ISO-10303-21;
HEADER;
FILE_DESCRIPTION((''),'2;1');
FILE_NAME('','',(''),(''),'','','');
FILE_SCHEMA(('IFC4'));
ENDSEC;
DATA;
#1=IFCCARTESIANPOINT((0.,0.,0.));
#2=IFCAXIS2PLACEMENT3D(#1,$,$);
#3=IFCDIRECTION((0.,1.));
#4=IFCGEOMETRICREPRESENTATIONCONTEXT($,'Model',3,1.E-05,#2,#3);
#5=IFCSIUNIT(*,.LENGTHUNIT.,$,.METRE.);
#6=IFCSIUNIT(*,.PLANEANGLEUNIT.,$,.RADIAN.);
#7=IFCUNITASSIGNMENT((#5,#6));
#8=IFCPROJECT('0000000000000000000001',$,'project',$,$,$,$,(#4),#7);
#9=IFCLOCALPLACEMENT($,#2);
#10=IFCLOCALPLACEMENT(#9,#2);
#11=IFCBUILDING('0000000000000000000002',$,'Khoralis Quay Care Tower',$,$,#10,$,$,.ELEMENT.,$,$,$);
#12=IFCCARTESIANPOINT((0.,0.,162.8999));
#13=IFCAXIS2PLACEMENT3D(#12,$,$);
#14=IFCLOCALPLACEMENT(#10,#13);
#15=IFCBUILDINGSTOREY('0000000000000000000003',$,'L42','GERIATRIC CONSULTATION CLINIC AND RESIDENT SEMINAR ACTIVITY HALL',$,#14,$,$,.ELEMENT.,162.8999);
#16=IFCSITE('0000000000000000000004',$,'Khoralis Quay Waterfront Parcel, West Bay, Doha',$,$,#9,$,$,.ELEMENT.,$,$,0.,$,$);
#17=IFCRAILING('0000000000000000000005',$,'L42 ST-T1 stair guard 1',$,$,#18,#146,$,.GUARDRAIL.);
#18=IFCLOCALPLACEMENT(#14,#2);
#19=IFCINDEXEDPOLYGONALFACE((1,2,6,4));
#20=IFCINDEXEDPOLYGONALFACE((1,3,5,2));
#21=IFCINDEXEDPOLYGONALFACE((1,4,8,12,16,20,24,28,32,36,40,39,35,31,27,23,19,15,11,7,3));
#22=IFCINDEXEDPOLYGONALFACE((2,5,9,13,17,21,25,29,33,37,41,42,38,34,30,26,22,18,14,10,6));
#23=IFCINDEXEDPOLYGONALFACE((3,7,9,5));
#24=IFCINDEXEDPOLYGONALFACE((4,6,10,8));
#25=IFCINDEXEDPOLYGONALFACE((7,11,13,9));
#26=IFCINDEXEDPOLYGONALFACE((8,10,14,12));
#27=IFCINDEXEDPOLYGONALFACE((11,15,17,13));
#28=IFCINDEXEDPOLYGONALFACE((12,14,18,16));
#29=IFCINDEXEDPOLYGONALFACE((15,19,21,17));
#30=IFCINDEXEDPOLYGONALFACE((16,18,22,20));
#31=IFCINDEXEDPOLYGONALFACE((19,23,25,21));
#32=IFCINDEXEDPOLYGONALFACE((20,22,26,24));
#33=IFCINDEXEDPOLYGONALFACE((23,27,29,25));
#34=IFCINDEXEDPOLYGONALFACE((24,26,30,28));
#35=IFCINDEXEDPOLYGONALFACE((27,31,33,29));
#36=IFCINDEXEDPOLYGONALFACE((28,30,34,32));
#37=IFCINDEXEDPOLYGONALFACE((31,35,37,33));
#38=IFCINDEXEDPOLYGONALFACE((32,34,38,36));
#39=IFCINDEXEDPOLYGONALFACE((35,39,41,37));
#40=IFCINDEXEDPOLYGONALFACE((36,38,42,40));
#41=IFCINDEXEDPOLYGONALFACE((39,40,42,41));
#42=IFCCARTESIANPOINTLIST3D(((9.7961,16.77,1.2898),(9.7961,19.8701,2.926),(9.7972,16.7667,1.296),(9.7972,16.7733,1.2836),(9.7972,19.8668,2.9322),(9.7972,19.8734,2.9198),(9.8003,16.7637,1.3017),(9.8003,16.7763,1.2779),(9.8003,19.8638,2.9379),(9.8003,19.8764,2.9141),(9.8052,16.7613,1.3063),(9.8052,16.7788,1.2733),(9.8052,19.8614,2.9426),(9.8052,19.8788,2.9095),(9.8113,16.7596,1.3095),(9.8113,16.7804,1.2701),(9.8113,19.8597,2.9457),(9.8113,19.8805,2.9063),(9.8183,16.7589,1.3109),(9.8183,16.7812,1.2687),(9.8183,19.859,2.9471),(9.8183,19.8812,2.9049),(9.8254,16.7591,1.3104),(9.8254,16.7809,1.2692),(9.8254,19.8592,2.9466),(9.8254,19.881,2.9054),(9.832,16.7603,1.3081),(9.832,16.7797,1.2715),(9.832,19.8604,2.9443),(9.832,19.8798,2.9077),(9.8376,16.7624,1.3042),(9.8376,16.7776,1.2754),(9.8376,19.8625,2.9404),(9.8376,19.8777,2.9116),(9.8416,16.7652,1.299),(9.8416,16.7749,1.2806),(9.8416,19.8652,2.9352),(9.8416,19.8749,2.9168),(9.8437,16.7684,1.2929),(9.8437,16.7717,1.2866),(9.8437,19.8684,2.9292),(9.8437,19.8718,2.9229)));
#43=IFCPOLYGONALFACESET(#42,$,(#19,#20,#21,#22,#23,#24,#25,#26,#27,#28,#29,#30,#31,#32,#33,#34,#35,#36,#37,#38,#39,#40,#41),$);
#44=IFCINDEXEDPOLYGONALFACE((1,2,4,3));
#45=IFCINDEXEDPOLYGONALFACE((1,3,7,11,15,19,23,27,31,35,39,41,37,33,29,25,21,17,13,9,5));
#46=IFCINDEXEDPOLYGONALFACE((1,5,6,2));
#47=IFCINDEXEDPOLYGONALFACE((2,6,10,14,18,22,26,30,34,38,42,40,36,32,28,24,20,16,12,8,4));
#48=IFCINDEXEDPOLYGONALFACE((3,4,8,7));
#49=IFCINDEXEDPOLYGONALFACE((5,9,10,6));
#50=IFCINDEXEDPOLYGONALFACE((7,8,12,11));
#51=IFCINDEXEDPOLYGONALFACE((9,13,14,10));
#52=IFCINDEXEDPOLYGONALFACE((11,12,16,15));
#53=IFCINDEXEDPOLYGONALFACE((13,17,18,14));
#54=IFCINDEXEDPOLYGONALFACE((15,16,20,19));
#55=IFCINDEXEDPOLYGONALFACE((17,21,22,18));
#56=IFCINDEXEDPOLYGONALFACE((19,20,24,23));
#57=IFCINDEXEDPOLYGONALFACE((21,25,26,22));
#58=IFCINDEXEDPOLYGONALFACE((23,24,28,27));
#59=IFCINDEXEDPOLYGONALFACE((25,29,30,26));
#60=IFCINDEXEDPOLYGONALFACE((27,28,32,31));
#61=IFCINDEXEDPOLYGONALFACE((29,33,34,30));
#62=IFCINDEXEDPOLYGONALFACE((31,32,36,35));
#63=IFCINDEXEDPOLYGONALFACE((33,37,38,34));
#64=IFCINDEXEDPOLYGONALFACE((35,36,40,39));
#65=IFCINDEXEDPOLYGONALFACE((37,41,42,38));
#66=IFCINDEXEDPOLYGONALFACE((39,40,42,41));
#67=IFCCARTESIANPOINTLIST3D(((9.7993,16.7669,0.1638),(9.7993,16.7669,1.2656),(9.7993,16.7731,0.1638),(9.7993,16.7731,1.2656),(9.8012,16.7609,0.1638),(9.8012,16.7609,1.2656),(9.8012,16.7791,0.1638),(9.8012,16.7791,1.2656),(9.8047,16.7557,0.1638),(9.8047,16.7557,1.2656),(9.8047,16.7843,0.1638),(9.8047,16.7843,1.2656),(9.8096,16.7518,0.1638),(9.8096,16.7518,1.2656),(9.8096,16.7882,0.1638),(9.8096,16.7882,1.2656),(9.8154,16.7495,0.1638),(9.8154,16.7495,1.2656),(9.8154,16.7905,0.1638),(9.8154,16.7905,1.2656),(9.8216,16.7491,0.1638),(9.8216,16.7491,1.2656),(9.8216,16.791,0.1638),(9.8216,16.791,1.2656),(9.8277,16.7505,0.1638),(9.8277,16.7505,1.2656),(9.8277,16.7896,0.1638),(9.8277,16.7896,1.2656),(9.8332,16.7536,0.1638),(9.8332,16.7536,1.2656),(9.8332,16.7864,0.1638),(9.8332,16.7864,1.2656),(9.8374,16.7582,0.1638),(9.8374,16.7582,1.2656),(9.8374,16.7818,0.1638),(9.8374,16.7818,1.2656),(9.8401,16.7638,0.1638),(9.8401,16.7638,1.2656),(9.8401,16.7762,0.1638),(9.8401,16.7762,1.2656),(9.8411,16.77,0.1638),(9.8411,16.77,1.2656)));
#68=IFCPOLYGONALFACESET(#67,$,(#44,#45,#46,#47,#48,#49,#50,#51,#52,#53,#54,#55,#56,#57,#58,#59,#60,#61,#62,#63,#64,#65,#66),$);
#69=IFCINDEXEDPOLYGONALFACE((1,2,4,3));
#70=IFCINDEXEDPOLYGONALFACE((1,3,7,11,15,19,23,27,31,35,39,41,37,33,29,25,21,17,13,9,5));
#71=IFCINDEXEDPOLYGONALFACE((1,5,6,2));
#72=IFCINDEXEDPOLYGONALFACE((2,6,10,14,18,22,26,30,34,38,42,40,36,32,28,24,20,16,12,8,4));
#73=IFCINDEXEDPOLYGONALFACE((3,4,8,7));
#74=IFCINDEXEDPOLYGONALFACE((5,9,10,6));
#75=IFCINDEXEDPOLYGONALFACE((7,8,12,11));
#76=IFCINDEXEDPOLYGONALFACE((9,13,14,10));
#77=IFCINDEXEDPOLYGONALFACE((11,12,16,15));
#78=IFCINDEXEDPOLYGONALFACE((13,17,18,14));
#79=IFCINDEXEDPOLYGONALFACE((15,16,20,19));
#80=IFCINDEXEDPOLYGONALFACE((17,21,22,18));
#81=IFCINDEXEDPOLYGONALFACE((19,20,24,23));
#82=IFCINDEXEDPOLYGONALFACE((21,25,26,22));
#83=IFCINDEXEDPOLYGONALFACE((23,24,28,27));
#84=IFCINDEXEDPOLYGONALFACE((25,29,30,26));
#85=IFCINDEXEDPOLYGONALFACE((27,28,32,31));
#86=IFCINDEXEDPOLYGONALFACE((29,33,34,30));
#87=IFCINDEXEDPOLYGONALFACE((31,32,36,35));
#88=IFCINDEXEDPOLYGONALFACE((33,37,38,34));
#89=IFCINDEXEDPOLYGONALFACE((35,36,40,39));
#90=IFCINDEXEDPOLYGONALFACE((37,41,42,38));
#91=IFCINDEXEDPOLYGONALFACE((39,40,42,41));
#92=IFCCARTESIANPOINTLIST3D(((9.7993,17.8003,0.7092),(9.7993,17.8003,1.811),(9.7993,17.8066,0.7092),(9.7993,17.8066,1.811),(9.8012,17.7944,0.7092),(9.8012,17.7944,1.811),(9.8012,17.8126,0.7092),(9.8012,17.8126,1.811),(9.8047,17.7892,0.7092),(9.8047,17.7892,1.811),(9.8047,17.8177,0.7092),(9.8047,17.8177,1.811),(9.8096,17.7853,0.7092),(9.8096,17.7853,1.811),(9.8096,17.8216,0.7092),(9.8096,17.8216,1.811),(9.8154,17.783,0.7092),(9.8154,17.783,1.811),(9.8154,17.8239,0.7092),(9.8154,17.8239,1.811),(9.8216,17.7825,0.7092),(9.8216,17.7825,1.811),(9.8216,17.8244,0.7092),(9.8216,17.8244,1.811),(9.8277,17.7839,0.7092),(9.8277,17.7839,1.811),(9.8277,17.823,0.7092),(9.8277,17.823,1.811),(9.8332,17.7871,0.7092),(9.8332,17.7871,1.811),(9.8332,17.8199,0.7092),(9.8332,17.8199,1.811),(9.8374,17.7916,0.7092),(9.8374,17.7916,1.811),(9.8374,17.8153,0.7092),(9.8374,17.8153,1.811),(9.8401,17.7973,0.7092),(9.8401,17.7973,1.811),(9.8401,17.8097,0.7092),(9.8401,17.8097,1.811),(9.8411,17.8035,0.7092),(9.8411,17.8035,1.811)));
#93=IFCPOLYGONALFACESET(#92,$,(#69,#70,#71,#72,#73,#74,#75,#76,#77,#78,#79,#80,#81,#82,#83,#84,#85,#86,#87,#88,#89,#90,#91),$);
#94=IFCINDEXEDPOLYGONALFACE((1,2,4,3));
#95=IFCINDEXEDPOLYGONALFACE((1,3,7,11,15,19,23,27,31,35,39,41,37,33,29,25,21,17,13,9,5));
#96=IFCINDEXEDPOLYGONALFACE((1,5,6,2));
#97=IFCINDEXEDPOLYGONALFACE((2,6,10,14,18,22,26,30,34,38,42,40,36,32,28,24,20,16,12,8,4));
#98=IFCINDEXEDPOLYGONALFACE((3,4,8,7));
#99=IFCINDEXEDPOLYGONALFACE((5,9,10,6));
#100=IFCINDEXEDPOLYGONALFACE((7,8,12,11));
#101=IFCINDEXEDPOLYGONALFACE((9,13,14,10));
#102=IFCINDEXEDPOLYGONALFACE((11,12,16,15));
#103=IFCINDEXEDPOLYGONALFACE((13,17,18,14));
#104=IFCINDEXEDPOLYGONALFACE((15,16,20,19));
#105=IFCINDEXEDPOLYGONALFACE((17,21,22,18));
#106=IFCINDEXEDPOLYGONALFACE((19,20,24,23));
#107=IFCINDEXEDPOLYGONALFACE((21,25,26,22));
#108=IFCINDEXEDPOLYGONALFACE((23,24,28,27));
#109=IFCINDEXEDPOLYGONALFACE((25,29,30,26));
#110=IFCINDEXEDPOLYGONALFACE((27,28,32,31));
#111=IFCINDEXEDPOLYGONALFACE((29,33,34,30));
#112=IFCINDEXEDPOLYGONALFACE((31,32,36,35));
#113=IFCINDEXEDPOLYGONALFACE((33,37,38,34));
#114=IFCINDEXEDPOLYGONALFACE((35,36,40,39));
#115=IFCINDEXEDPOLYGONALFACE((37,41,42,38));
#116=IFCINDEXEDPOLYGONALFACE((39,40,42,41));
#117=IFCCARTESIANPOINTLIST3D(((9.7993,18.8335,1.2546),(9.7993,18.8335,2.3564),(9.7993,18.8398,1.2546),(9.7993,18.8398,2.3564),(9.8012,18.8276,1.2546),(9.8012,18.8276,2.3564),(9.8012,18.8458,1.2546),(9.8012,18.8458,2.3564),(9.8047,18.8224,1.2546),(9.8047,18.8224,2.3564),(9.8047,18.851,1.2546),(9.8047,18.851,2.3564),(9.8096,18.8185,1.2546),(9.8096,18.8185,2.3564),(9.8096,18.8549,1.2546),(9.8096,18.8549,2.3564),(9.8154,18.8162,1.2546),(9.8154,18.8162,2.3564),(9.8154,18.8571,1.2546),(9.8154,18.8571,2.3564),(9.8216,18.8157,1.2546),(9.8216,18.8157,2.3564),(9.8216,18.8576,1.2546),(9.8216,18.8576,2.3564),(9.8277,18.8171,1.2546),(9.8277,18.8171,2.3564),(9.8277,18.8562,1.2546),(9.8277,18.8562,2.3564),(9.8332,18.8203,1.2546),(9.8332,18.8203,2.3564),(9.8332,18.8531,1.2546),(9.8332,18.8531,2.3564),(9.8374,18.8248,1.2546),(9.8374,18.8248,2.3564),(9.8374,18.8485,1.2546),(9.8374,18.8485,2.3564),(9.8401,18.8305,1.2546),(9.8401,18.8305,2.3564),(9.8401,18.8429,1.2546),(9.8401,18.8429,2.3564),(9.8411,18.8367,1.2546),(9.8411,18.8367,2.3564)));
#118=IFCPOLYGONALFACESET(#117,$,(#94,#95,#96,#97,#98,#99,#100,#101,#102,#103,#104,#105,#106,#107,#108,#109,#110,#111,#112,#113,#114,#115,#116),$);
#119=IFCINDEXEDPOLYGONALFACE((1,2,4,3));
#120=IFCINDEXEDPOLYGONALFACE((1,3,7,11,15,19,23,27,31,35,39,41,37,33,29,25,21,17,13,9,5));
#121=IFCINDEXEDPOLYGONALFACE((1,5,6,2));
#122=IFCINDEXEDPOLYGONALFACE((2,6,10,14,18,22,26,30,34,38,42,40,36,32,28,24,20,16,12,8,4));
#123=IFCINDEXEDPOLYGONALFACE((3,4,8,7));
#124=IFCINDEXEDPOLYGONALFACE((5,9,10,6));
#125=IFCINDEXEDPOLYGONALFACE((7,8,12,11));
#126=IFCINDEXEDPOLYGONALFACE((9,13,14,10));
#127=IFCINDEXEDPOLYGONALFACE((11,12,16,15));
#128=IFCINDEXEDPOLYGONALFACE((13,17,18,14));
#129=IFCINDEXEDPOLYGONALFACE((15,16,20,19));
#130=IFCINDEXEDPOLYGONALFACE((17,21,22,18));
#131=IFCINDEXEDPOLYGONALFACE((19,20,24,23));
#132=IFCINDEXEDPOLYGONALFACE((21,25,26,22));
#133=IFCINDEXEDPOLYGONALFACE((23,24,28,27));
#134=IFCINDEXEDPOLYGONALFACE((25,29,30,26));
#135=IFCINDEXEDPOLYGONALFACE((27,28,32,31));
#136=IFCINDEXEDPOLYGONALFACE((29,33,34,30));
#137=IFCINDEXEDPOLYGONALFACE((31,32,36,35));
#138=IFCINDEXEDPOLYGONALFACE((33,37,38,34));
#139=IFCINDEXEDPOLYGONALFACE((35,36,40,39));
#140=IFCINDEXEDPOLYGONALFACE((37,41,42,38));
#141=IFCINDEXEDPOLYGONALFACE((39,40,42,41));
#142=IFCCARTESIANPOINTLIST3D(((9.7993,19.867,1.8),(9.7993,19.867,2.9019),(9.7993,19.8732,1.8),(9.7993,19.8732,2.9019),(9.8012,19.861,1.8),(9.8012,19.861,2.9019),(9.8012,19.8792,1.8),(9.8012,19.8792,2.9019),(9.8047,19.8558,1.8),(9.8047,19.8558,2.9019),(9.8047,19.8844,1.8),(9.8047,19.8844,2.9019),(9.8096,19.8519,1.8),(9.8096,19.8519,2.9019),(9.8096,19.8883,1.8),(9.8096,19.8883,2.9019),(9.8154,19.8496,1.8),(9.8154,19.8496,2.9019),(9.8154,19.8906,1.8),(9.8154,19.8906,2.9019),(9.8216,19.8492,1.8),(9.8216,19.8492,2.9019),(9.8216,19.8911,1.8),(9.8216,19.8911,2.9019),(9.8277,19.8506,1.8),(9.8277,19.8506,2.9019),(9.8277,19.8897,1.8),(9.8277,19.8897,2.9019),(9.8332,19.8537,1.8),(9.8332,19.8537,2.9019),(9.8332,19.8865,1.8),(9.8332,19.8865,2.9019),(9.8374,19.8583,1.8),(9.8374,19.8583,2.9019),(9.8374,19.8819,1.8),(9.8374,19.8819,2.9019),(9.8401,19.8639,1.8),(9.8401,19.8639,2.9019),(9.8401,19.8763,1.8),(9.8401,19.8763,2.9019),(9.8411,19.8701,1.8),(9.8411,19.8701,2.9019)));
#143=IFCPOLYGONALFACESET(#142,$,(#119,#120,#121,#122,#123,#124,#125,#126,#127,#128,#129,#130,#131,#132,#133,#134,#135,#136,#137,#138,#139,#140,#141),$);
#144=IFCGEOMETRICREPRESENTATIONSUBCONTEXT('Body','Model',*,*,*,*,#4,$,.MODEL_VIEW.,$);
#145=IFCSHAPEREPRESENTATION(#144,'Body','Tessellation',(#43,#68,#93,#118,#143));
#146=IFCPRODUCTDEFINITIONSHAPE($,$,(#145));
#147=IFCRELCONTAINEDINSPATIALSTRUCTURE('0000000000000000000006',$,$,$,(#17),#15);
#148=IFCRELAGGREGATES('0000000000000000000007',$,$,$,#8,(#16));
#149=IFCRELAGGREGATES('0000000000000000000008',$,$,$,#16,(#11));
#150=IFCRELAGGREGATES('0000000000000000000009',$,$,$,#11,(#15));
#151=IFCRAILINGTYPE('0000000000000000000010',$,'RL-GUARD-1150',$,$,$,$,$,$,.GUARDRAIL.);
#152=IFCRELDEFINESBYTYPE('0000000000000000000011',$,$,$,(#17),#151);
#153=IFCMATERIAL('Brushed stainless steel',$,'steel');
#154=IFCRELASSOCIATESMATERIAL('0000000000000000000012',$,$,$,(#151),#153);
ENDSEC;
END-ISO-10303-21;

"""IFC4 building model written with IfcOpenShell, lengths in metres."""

from ifc_helpers import new_model, si_unit, direction, frame, origin, origin_2d, place, context, subcontext, project, spatial, circle, extrude, material, type_object, element, save


model = new_model("IFC4")

# Units and contexts
model_context = context("Model", 3, precision=1e-05, world=origin(), true_north=direction((0.0, 1.0)))
body_context = subcontext(model_context, "Body", "Model", "MODEL_VIEW")
ifc_project = project(units=[si_unit("LENGTHUNIT", "METRE"), si_unit("PLANEANGLEUNIT", "RADIAN")], contexts=[model_context])

# Site, building, storey
site_placement = place(None, origin())
site = spatial("IfcSite", under=ifc_project, at=site_placement, Name="Khoralis Quay Waterfront Parcel, West Bay, Doha", CompositionType="ELEMENT", RefElevation=0.0)
building_placement = place(site_placement, origin())
building = spatial("IfcBuilding", under=site, at=building_placement, Name="Khoralis Quay Care Tower", CompositionType="ELEMENT")
storey_placement = place(building_placement, frame((0.0, 0.0, 162.8999)))
storey = spatial("IfcBuildingStorey", under=building, at=storey_placement, Name="L42", Description="GERIATRIC CONSULTATION CLINIC AND RESIDENT SEMINAR ACTIVITY HALL", CompositionType="ELEMENT", Elevation=162.8999)

# Railing
ifc_material_1 = material(Name="Brushed stainless steel", Category="steel")
railing_type_1 = type_object("IfcRailingType", Name="RL-GUARD-1150", PredefinedType="GUARDRAIL", material=ifc_material_1)
railing_1_placement = place(storey_placement, frame((9.8201, 16.77, 0.1638)))
element("IfcRailing", 1, at=railing_1_placement, inside=storey, type_object=railing_type_1, Name="L42 ST-T1 stair guard 1", PredefinedType="GUARDRAIL", context=body_context, shape_type="SweptSolid", body=[
    extrude(circle(Radius=0.0239, at=origin_2d()), frame((0.0, 0.0, 1.126), z_axis=(0.0, 0.884377, 0.466774), x_axis=(-1.0, 0.0, 0.0)), (0.0, 0.0, 1.0), 3.5054),
    extrude(circle(Radius=0.021, at=origin_2d()), origin(), (0.0, 0.0, 1.0), 1.1018),
    extrude(circle(Radius=0.021, at=origin_2d()), frame((0.0, 1.0334, 0.5454)), (0.0, 0.0, 1.0), 1.1018),
    extrude(circle(Radius=0.021, at=origin_2d()), frame((0.0, 2.0667, 1.0908)), (0.0, 0.0, 1.0), 1.1018),
    extrude(circle(Radius=0.021, at=origin_2d()), frame((0.0, 3.1001, 1.6362)), (0.0, 0.0, 1.0), 1.1018),
])

save(model, "model.ifc")
